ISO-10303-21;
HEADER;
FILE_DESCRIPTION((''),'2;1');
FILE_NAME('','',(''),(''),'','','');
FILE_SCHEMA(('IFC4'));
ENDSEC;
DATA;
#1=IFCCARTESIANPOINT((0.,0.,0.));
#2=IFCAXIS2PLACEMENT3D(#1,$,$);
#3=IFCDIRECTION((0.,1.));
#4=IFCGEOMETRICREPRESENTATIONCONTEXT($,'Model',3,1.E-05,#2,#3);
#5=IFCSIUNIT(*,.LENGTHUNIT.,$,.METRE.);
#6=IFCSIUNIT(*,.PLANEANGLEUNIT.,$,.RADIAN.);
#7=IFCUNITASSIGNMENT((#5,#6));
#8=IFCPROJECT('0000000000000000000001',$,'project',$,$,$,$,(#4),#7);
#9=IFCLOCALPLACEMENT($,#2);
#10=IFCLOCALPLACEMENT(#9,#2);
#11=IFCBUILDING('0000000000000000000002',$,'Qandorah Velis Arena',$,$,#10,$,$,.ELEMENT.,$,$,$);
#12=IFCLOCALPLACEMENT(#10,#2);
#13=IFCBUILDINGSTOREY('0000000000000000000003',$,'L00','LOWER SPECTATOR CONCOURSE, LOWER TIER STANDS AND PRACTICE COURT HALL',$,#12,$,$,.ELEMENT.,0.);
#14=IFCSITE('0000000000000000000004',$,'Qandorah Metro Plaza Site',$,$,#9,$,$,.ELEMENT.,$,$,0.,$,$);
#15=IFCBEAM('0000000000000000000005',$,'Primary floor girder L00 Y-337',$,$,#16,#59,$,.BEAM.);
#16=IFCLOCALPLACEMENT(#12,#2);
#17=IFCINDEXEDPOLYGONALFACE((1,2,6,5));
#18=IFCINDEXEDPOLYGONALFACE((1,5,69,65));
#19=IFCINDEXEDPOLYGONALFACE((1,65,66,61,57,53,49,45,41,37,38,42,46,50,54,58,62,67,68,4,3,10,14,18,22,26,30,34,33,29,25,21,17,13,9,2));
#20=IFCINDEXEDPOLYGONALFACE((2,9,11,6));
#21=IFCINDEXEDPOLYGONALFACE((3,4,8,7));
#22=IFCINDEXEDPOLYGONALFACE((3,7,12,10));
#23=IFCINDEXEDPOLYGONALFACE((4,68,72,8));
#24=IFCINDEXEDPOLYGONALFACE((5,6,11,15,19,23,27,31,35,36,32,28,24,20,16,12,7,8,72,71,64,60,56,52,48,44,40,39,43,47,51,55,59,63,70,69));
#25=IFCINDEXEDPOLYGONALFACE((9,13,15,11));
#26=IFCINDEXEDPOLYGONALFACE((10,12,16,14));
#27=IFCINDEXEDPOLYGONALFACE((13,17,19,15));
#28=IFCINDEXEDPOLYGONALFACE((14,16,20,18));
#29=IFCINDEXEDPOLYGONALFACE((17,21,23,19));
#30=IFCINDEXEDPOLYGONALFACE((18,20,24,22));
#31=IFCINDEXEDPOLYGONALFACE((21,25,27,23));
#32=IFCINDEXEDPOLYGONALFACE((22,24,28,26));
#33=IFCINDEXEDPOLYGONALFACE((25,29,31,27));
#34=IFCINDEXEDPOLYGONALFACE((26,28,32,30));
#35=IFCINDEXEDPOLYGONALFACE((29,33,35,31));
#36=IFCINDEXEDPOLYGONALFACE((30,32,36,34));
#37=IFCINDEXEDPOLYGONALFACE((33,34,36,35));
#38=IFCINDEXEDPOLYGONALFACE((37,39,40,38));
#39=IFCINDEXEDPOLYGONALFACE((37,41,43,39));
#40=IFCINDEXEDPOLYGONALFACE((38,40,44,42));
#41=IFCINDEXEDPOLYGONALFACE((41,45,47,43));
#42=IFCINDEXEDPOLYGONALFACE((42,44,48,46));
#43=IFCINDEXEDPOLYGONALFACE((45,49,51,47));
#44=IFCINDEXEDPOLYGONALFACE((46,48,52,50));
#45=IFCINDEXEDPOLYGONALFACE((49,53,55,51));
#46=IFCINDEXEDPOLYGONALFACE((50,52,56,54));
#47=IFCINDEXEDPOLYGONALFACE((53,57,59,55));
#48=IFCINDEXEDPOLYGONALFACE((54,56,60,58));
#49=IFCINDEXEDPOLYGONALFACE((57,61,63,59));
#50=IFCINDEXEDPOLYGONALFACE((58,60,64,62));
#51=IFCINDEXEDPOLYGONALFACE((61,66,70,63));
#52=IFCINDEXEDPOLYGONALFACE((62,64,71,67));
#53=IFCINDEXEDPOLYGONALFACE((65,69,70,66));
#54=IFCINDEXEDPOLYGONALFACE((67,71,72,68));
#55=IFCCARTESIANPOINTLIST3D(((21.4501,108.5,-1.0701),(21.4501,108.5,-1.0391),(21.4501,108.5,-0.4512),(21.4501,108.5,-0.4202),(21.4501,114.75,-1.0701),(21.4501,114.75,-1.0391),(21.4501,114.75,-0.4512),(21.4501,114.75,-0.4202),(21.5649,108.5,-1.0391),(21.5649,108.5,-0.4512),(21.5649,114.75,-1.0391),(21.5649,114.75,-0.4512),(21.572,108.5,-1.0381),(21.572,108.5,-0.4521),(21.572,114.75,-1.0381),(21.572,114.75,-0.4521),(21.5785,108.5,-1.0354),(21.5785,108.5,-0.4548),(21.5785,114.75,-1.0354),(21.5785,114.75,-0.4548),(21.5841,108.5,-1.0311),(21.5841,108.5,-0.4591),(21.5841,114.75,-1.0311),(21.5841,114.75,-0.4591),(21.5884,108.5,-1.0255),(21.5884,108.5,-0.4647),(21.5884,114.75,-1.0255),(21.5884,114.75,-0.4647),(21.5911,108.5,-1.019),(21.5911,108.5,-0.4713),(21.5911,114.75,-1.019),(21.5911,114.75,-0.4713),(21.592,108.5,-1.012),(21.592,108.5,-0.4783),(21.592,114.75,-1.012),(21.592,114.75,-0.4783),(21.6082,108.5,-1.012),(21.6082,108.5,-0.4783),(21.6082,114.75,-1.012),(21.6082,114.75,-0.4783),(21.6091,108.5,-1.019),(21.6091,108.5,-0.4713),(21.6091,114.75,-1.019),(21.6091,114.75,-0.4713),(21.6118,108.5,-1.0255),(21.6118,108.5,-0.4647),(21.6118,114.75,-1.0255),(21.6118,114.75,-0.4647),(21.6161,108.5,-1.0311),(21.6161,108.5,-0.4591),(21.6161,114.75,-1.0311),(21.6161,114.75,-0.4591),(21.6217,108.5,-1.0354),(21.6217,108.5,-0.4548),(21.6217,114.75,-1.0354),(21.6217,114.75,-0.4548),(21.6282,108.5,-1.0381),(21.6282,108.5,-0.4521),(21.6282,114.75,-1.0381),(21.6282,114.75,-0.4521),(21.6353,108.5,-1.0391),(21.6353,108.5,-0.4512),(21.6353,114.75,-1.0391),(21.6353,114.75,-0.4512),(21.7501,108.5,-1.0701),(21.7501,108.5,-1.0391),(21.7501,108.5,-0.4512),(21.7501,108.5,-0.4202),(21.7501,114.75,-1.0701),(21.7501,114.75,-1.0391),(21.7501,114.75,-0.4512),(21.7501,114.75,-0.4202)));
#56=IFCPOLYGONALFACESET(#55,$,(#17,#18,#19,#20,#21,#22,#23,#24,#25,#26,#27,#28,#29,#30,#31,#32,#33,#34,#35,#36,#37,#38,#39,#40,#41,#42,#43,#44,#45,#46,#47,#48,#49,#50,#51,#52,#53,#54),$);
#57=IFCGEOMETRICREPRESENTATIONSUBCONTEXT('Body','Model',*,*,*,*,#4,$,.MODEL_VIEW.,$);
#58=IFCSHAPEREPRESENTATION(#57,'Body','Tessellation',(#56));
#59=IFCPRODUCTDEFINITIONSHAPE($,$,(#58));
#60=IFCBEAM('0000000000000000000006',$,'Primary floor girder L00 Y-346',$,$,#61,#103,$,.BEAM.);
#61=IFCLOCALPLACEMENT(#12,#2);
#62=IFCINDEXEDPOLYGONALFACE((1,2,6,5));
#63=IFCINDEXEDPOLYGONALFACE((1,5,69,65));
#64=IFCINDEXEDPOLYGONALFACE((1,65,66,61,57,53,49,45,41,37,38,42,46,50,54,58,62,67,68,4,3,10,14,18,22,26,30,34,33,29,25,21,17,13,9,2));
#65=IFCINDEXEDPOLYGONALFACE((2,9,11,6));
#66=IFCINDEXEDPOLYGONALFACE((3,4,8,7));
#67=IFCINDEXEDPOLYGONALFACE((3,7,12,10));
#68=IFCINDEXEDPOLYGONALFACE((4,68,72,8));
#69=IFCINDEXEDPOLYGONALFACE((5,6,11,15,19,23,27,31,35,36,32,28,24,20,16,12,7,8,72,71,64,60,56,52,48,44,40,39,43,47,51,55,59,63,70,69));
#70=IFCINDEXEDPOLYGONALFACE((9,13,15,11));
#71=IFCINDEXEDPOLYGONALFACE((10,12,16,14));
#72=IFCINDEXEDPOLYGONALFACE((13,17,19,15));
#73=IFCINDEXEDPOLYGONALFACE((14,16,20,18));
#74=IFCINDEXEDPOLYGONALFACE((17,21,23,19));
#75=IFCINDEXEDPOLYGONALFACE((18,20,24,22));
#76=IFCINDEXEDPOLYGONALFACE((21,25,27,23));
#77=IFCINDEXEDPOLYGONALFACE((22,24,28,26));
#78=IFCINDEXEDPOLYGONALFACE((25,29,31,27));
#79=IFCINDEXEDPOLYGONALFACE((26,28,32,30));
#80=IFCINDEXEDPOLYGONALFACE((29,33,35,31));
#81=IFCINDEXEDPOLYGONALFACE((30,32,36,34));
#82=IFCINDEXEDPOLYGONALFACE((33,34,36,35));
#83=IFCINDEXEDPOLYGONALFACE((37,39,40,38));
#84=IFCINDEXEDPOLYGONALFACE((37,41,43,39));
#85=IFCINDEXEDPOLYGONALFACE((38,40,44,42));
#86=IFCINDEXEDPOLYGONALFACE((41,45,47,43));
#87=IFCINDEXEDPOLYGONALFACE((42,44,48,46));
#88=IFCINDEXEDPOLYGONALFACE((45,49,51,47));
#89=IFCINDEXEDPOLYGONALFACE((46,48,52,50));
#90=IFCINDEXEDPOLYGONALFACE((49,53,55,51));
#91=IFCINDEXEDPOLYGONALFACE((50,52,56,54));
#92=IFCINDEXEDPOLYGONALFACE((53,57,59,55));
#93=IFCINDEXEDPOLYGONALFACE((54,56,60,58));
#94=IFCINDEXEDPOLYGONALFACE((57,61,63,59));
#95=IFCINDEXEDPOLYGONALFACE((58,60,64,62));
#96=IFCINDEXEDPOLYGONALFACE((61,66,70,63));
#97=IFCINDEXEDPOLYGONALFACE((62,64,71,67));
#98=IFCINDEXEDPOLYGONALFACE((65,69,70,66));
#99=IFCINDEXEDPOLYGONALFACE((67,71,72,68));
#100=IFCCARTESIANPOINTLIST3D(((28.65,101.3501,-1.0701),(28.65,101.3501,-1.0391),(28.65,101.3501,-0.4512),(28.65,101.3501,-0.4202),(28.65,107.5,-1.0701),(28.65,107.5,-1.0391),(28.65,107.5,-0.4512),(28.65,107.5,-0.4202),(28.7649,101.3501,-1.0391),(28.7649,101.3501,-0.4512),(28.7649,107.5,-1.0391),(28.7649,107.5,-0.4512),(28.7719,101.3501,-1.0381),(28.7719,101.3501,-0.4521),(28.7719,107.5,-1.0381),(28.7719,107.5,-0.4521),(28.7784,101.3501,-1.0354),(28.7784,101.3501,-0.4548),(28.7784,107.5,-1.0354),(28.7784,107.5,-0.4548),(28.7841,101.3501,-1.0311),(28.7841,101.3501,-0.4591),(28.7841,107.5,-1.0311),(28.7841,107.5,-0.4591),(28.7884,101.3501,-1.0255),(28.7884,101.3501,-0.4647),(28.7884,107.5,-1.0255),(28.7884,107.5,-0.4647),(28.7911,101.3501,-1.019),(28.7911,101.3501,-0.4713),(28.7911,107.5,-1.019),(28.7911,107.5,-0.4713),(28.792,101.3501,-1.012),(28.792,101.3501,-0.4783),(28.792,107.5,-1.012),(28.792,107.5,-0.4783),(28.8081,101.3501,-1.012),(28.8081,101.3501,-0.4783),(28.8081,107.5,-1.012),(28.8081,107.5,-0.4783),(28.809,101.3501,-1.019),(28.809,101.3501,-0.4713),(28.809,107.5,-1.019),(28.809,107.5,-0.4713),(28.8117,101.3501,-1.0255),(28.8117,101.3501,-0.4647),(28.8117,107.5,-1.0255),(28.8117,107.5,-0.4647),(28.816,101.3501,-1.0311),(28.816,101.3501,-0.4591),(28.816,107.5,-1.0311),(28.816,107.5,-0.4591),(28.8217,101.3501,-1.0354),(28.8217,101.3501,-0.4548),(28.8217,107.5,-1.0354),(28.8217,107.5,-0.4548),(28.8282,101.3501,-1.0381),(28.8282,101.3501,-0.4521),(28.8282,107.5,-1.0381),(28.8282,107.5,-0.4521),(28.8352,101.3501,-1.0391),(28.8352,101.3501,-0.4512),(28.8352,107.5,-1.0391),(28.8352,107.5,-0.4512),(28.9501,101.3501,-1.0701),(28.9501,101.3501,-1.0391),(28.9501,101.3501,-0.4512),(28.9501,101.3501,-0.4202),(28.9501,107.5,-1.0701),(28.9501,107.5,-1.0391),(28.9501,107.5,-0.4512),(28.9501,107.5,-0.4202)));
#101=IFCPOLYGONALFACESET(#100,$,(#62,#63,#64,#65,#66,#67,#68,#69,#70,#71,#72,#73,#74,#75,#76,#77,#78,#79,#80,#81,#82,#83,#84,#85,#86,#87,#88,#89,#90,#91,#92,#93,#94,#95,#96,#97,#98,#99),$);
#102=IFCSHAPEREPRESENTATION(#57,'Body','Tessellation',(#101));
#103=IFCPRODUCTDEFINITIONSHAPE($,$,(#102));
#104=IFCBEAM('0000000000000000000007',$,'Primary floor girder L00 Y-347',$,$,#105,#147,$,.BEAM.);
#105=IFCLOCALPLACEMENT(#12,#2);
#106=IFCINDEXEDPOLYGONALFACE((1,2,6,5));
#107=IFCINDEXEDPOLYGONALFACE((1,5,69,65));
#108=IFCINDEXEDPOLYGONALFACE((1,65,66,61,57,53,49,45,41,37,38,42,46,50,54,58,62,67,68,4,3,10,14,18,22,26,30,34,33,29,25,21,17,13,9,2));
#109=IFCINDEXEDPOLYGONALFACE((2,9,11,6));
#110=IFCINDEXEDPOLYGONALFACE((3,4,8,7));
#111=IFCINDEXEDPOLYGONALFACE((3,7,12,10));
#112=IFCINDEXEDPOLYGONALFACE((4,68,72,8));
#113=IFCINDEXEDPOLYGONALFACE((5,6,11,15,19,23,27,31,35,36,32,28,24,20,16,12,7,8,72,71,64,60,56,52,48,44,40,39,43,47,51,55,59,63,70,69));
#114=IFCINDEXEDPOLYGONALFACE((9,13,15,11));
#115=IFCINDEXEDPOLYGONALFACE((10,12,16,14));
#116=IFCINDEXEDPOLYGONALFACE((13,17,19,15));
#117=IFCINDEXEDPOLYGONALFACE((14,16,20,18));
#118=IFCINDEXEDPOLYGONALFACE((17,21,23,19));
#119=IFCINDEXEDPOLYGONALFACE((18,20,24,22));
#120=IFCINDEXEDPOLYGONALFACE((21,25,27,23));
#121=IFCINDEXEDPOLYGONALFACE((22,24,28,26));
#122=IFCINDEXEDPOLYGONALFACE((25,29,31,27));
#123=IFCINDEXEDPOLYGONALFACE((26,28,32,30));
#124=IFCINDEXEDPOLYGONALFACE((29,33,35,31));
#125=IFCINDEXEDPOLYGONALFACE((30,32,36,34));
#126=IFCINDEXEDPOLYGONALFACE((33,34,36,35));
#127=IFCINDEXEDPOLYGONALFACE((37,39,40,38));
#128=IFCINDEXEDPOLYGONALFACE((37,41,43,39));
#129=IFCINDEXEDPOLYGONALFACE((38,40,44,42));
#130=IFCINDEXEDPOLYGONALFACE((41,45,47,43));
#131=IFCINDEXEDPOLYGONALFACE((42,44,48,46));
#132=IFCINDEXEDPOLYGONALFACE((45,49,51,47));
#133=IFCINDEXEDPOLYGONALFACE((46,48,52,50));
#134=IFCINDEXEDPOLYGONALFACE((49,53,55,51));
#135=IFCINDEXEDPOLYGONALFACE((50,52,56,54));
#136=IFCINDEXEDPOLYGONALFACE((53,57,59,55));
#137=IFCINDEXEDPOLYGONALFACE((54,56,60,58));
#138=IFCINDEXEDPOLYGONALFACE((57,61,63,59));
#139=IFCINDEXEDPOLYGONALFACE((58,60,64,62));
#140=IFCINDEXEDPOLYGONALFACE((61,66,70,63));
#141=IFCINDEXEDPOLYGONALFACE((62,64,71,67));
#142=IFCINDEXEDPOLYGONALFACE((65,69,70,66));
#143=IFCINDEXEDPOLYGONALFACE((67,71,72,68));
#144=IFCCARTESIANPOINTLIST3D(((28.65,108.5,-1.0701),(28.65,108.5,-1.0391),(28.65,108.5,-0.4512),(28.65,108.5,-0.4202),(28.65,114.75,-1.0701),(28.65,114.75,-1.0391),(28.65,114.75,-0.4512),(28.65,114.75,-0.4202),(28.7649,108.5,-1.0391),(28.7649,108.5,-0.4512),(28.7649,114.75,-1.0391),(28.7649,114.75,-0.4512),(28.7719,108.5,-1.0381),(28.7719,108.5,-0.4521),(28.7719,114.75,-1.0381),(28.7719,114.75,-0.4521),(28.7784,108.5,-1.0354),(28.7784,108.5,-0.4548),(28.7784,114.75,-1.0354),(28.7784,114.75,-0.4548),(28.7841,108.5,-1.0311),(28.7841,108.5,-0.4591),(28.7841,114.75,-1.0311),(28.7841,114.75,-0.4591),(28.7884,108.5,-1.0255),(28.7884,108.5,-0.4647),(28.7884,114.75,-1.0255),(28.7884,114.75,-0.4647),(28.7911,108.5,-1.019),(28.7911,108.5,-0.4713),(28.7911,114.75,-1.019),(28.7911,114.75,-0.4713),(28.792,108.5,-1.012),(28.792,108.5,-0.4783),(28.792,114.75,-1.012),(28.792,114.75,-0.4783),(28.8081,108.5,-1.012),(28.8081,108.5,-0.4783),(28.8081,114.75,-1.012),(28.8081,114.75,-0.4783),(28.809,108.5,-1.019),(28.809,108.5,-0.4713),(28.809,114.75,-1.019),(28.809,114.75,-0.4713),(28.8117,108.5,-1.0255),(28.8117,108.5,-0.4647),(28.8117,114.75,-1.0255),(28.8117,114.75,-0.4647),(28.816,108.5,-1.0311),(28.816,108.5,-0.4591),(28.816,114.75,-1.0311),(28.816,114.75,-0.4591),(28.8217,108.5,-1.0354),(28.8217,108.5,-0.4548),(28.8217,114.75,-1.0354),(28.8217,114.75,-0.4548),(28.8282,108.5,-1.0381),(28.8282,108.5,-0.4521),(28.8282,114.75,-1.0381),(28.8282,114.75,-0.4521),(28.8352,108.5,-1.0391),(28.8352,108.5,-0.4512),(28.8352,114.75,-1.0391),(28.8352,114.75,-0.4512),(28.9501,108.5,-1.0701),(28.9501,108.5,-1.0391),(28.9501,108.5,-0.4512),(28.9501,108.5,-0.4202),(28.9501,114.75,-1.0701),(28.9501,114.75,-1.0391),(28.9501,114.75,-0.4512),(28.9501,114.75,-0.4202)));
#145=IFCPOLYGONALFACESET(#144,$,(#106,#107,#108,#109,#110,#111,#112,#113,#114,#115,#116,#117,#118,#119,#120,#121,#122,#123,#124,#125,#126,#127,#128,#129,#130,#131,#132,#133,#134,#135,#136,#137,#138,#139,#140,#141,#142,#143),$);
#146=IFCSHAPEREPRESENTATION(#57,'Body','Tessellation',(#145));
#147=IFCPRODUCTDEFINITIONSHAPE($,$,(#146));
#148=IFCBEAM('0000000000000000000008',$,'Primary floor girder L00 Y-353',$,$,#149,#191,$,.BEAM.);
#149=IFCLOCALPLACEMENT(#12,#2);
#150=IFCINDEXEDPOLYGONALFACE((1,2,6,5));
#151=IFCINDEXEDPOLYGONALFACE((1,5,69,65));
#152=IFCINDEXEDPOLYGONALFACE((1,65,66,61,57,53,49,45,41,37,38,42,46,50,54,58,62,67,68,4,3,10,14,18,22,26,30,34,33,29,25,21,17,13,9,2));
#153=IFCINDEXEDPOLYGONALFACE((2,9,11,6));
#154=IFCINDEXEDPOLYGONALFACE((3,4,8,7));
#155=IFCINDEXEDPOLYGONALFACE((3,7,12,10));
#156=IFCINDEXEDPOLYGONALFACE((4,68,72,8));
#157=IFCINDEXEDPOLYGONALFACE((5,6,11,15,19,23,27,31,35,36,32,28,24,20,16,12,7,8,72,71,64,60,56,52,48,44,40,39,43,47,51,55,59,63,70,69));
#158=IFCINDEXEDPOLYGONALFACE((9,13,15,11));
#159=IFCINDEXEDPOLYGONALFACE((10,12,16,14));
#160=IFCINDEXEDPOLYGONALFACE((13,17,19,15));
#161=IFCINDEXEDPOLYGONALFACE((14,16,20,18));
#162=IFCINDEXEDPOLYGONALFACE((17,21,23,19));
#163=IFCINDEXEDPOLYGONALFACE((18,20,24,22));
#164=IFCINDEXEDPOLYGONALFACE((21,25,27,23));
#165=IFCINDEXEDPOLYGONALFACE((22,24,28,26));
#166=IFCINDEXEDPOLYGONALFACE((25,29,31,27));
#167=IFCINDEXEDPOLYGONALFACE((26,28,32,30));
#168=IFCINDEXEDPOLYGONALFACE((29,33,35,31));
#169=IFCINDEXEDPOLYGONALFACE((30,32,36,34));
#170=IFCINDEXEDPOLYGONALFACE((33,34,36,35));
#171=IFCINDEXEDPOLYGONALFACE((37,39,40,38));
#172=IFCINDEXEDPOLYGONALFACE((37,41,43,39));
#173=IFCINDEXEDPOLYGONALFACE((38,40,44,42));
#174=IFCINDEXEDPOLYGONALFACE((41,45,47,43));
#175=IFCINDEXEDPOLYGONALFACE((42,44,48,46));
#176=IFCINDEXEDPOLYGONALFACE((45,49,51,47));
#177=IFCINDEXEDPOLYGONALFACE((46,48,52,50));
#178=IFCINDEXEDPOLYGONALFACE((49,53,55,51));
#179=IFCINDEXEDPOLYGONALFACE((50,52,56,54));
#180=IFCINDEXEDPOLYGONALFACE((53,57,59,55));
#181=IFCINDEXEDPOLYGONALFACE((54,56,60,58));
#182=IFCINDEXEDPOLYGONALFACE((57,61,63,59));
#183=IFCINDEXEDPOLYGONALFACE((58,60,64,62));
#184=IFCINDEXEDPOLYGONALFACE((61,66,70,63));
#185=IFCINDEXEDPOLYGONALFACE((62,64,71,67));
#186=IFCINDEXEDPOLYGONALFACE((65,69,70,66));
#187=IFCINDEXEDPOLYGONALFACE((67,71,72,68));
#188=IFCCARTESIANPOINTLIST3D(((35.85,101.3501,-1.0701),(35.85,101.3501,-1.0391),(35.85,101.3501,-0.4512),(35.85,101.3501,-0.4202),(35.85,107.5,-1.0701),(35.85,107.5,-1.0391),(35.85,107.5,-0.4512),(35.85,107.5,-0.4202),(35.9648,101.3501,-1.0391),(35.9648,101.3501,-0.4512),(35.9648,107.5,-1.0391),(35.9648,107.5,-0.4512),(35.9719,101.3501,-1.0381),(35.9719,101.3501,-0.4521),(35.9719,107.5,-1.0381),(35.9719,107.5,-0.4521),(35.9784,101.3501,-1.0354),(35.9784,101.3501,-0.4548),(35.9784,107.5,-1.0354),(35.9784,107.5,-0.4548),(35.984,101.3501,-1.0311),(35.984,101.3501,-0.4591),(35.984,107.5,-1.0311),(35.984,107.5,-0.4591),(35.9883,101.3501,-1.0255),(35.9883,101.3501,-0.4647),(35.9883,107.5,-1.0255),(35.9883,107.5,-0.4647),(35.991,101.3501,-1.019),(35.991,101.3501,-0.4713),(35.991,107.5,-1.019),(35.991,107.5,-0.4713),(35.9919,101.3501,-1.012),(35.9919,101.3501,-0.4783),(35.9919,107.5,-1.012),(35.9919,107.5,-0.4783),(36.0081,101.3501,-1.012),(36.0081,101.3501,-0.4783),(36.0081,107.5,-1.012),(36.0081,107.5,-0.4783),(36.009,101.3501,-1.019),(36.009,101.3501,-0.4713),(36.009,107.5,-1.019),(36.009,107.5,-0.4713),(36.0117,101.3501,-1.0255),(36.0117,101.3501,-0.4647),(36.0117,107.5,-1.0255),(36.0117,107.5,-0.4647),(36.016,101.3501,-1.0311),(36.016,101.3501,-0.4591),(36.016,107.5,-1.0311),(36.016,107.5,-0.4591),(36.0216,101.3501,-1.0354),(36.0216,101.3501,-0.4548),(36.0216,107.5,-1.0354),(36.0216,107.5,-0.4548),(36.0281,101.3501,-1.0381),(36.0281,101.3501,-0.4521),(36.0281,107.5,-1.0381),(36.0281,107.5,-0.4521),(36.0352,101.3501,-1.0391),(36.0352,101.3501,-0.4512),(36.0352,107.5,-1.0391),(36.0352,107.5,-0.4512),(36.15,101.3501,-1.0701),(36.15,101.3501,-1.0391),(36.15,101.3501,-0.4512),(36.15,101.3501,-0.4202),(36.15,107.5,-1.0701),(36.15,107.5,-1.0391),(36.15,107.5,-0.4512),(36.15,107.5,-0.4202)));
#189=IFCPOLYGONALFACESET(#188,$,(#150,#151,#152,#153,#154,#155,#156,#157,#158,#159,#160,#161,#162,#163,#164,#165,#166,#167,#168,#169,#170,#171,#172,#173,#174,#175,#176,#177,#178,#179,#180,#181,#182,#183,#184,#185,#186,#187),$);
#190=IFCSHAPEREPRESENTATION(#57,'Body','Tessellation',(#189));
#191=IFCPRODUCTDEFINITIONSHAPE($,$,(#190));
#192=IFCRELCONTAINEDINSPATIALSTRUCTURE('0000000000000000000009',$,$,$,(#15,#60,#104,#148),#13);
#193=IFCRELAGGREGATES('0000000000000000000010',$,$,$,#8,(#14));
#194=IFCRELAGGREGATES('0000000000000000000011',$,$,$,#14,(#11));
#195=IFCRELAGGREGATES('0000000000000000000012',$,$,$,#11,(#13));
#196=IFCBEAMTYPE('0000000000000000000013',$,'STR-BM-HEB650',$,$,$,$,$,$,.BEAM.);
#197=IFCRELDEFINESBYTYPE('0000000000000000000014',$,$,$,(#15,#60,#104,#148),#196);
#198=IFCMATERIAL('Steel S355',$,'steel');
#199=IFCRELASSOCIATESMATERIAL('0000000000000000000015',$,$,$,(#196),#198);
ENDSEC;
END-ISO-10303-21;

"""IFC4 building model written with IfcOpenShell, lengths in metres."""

from ifc_helpers import new_model, si_unit, direction, frame, origin, origin_2d, place, context, subcontext, project, spatial, i_section, extrude, material, material_profile, profile_set, type_object, element, save


model = new_model("IFC4")

# Units and contexts
model_context = context("Model", 3, precision=1e-05, world=origin(), true_north=direction((0.0, 1.0)))
body_context = subcontext(model_context, "Body", "Model", "MODEL_VIEW")
ifc_project = project(units=[si_unit("LENGTHUNIT", "METRE"), si_unit("PLANEANGLEUNIT", "RADIAN")], contexts=[model_context])

# Site, building, storey
site_placement = place(None, origin())
site = spatial("IfcSite", under=ifc_project, at=site_placement, Name="Qandorah Metro Plaza Site", CompositionType="ELEMENT", RefElevation=0.0)
building_placement = place(site_placement, origin())
building = spatial("IfcBuilding", under=site, at=building_placement, Name="Qandorah Velis Arena", CompositionType="ELEMENT")
storey_placement = place(building_placement, origin())
storey = spatial("IfcBuildingStorey", under=building, at=storey_placement, Name="L00", Description="LOWER SPECTATOR CONCOURSE, LOWER TIER STANDS AND PRACTICE COURT HALL", CompositionType="ELEMENT", Elevation=0.0)

# Beams
ifc_material_1 = material(Name="Steel S355", Category="steel")
ifc_material_profile_1 = material_profile(ifc_material_1, i_section(OverallWidth=0.3, OverallDepth=0.6499, WebThickness=0.0161, FlangeThickness=0.031, FilletRadius=0.0271, at=origin_2d()), Name="HEB 650")
ifc_profile_set_1 = profile_set([ifc_material_profile_1], Name="Steel S355")
beam_type_1 = type_object("IfcBeamType", Name="STR-BM-HEB650", PredefinedType="BEAM", material=ifc_profile_set_1)
beam_1_placement = place(storey_placement, frame((21.6001, 108.5, -0.7451), z_axis=(0.0, 1.0, 0.0), x_axis=(-1.0, 0.0, 0.0)))
element("IfcBeam", 1, at=beam_1_placement, inside=storey, type_object=beam_type_1, Name="Primary floor girder L00 Y-337", PredefinedType="BEAM", context=body_context, shape_type="SweptSolid", body=[
    extrude(i_section(OverallWidth=0.3, OverallDepth=0.6499, WebThickness=0.0161, FlangeThickness=0.031, FilletRadius=0.0271, at=origin_2d()), origin(), (0.0, 0.0, 1.0), 6.25),
])
beam_2_placement = place(storey_placement, frame((28.8, 101.3501, -0.7451), z_axis=(0.0, 1.0, 0.0), x_axis=(-1.0, 0.0, 0.0)))
element("IfcBeam", 2, at=beam_2_placement, inside=storey, type_object=beam_type_1, Name="Primary floor girder L00 Y-346", PredefinedType="BEAM", context=body_context, shape_type="SweptSolid", body=[
    extrude(i_section(OverallWidth=0.3, OverallDepth=0.6499, WebThickness=0.0161, FlangeThickness=0.031, FilletRadius=0.0271, at=origin_2d()), origin(), (0.0, 0.0, 1.0), 6.1499),
])
beam_3_placement = place(storey_placement, frame((28.8, 108.5, -0.7451), z_axis=(0.0, 1.0, 0.0), x_axis=(-1.0, 0.0, 0.0)))
element("IfcBeam", 3, at=beam_3_placement, inside=storey, type_object=beam_type_1, Name="Primary floor girder L00 Y-347", PredefinedType="BEAM", context=body_context, shape_type="SweptSolid", body=[
    extrude(i_section(OverallWidth=0.3, OverallDepth=0.6499, WebThickness=0.0161, FlangeThickness=0.031, FilletRadius=0.0271, at=origin_2d()), origin(), (0.0, 0.0, 1.0), 6.25),
])
beam_4_placement = place(storey_placement, frame((36.0, 101.3501, -0.7451), z_axis=(0.0, 1.0, 0.0), x_axis=(-1.0, 0.0, 0.0)))
element("IfcBeam", 4, at=beam_4_placement, inside=storey, type_object=beam_type_1, Name="Primary floor girder L00 Y-353", PredefinedType="BEAM", context=body_context, shape_type="SweptSolid", body=[
    extrude(i_section(OverallWidth=0.3, OverallDepth=0.6499, WebThickness=0.0161, FlangeThickness=0.031, FilletRadius=0.0271, at=origin_2d()), origin(), (0.0, 0.0, 1.0), 6.1499),
])

save(model, "model.ifc")
